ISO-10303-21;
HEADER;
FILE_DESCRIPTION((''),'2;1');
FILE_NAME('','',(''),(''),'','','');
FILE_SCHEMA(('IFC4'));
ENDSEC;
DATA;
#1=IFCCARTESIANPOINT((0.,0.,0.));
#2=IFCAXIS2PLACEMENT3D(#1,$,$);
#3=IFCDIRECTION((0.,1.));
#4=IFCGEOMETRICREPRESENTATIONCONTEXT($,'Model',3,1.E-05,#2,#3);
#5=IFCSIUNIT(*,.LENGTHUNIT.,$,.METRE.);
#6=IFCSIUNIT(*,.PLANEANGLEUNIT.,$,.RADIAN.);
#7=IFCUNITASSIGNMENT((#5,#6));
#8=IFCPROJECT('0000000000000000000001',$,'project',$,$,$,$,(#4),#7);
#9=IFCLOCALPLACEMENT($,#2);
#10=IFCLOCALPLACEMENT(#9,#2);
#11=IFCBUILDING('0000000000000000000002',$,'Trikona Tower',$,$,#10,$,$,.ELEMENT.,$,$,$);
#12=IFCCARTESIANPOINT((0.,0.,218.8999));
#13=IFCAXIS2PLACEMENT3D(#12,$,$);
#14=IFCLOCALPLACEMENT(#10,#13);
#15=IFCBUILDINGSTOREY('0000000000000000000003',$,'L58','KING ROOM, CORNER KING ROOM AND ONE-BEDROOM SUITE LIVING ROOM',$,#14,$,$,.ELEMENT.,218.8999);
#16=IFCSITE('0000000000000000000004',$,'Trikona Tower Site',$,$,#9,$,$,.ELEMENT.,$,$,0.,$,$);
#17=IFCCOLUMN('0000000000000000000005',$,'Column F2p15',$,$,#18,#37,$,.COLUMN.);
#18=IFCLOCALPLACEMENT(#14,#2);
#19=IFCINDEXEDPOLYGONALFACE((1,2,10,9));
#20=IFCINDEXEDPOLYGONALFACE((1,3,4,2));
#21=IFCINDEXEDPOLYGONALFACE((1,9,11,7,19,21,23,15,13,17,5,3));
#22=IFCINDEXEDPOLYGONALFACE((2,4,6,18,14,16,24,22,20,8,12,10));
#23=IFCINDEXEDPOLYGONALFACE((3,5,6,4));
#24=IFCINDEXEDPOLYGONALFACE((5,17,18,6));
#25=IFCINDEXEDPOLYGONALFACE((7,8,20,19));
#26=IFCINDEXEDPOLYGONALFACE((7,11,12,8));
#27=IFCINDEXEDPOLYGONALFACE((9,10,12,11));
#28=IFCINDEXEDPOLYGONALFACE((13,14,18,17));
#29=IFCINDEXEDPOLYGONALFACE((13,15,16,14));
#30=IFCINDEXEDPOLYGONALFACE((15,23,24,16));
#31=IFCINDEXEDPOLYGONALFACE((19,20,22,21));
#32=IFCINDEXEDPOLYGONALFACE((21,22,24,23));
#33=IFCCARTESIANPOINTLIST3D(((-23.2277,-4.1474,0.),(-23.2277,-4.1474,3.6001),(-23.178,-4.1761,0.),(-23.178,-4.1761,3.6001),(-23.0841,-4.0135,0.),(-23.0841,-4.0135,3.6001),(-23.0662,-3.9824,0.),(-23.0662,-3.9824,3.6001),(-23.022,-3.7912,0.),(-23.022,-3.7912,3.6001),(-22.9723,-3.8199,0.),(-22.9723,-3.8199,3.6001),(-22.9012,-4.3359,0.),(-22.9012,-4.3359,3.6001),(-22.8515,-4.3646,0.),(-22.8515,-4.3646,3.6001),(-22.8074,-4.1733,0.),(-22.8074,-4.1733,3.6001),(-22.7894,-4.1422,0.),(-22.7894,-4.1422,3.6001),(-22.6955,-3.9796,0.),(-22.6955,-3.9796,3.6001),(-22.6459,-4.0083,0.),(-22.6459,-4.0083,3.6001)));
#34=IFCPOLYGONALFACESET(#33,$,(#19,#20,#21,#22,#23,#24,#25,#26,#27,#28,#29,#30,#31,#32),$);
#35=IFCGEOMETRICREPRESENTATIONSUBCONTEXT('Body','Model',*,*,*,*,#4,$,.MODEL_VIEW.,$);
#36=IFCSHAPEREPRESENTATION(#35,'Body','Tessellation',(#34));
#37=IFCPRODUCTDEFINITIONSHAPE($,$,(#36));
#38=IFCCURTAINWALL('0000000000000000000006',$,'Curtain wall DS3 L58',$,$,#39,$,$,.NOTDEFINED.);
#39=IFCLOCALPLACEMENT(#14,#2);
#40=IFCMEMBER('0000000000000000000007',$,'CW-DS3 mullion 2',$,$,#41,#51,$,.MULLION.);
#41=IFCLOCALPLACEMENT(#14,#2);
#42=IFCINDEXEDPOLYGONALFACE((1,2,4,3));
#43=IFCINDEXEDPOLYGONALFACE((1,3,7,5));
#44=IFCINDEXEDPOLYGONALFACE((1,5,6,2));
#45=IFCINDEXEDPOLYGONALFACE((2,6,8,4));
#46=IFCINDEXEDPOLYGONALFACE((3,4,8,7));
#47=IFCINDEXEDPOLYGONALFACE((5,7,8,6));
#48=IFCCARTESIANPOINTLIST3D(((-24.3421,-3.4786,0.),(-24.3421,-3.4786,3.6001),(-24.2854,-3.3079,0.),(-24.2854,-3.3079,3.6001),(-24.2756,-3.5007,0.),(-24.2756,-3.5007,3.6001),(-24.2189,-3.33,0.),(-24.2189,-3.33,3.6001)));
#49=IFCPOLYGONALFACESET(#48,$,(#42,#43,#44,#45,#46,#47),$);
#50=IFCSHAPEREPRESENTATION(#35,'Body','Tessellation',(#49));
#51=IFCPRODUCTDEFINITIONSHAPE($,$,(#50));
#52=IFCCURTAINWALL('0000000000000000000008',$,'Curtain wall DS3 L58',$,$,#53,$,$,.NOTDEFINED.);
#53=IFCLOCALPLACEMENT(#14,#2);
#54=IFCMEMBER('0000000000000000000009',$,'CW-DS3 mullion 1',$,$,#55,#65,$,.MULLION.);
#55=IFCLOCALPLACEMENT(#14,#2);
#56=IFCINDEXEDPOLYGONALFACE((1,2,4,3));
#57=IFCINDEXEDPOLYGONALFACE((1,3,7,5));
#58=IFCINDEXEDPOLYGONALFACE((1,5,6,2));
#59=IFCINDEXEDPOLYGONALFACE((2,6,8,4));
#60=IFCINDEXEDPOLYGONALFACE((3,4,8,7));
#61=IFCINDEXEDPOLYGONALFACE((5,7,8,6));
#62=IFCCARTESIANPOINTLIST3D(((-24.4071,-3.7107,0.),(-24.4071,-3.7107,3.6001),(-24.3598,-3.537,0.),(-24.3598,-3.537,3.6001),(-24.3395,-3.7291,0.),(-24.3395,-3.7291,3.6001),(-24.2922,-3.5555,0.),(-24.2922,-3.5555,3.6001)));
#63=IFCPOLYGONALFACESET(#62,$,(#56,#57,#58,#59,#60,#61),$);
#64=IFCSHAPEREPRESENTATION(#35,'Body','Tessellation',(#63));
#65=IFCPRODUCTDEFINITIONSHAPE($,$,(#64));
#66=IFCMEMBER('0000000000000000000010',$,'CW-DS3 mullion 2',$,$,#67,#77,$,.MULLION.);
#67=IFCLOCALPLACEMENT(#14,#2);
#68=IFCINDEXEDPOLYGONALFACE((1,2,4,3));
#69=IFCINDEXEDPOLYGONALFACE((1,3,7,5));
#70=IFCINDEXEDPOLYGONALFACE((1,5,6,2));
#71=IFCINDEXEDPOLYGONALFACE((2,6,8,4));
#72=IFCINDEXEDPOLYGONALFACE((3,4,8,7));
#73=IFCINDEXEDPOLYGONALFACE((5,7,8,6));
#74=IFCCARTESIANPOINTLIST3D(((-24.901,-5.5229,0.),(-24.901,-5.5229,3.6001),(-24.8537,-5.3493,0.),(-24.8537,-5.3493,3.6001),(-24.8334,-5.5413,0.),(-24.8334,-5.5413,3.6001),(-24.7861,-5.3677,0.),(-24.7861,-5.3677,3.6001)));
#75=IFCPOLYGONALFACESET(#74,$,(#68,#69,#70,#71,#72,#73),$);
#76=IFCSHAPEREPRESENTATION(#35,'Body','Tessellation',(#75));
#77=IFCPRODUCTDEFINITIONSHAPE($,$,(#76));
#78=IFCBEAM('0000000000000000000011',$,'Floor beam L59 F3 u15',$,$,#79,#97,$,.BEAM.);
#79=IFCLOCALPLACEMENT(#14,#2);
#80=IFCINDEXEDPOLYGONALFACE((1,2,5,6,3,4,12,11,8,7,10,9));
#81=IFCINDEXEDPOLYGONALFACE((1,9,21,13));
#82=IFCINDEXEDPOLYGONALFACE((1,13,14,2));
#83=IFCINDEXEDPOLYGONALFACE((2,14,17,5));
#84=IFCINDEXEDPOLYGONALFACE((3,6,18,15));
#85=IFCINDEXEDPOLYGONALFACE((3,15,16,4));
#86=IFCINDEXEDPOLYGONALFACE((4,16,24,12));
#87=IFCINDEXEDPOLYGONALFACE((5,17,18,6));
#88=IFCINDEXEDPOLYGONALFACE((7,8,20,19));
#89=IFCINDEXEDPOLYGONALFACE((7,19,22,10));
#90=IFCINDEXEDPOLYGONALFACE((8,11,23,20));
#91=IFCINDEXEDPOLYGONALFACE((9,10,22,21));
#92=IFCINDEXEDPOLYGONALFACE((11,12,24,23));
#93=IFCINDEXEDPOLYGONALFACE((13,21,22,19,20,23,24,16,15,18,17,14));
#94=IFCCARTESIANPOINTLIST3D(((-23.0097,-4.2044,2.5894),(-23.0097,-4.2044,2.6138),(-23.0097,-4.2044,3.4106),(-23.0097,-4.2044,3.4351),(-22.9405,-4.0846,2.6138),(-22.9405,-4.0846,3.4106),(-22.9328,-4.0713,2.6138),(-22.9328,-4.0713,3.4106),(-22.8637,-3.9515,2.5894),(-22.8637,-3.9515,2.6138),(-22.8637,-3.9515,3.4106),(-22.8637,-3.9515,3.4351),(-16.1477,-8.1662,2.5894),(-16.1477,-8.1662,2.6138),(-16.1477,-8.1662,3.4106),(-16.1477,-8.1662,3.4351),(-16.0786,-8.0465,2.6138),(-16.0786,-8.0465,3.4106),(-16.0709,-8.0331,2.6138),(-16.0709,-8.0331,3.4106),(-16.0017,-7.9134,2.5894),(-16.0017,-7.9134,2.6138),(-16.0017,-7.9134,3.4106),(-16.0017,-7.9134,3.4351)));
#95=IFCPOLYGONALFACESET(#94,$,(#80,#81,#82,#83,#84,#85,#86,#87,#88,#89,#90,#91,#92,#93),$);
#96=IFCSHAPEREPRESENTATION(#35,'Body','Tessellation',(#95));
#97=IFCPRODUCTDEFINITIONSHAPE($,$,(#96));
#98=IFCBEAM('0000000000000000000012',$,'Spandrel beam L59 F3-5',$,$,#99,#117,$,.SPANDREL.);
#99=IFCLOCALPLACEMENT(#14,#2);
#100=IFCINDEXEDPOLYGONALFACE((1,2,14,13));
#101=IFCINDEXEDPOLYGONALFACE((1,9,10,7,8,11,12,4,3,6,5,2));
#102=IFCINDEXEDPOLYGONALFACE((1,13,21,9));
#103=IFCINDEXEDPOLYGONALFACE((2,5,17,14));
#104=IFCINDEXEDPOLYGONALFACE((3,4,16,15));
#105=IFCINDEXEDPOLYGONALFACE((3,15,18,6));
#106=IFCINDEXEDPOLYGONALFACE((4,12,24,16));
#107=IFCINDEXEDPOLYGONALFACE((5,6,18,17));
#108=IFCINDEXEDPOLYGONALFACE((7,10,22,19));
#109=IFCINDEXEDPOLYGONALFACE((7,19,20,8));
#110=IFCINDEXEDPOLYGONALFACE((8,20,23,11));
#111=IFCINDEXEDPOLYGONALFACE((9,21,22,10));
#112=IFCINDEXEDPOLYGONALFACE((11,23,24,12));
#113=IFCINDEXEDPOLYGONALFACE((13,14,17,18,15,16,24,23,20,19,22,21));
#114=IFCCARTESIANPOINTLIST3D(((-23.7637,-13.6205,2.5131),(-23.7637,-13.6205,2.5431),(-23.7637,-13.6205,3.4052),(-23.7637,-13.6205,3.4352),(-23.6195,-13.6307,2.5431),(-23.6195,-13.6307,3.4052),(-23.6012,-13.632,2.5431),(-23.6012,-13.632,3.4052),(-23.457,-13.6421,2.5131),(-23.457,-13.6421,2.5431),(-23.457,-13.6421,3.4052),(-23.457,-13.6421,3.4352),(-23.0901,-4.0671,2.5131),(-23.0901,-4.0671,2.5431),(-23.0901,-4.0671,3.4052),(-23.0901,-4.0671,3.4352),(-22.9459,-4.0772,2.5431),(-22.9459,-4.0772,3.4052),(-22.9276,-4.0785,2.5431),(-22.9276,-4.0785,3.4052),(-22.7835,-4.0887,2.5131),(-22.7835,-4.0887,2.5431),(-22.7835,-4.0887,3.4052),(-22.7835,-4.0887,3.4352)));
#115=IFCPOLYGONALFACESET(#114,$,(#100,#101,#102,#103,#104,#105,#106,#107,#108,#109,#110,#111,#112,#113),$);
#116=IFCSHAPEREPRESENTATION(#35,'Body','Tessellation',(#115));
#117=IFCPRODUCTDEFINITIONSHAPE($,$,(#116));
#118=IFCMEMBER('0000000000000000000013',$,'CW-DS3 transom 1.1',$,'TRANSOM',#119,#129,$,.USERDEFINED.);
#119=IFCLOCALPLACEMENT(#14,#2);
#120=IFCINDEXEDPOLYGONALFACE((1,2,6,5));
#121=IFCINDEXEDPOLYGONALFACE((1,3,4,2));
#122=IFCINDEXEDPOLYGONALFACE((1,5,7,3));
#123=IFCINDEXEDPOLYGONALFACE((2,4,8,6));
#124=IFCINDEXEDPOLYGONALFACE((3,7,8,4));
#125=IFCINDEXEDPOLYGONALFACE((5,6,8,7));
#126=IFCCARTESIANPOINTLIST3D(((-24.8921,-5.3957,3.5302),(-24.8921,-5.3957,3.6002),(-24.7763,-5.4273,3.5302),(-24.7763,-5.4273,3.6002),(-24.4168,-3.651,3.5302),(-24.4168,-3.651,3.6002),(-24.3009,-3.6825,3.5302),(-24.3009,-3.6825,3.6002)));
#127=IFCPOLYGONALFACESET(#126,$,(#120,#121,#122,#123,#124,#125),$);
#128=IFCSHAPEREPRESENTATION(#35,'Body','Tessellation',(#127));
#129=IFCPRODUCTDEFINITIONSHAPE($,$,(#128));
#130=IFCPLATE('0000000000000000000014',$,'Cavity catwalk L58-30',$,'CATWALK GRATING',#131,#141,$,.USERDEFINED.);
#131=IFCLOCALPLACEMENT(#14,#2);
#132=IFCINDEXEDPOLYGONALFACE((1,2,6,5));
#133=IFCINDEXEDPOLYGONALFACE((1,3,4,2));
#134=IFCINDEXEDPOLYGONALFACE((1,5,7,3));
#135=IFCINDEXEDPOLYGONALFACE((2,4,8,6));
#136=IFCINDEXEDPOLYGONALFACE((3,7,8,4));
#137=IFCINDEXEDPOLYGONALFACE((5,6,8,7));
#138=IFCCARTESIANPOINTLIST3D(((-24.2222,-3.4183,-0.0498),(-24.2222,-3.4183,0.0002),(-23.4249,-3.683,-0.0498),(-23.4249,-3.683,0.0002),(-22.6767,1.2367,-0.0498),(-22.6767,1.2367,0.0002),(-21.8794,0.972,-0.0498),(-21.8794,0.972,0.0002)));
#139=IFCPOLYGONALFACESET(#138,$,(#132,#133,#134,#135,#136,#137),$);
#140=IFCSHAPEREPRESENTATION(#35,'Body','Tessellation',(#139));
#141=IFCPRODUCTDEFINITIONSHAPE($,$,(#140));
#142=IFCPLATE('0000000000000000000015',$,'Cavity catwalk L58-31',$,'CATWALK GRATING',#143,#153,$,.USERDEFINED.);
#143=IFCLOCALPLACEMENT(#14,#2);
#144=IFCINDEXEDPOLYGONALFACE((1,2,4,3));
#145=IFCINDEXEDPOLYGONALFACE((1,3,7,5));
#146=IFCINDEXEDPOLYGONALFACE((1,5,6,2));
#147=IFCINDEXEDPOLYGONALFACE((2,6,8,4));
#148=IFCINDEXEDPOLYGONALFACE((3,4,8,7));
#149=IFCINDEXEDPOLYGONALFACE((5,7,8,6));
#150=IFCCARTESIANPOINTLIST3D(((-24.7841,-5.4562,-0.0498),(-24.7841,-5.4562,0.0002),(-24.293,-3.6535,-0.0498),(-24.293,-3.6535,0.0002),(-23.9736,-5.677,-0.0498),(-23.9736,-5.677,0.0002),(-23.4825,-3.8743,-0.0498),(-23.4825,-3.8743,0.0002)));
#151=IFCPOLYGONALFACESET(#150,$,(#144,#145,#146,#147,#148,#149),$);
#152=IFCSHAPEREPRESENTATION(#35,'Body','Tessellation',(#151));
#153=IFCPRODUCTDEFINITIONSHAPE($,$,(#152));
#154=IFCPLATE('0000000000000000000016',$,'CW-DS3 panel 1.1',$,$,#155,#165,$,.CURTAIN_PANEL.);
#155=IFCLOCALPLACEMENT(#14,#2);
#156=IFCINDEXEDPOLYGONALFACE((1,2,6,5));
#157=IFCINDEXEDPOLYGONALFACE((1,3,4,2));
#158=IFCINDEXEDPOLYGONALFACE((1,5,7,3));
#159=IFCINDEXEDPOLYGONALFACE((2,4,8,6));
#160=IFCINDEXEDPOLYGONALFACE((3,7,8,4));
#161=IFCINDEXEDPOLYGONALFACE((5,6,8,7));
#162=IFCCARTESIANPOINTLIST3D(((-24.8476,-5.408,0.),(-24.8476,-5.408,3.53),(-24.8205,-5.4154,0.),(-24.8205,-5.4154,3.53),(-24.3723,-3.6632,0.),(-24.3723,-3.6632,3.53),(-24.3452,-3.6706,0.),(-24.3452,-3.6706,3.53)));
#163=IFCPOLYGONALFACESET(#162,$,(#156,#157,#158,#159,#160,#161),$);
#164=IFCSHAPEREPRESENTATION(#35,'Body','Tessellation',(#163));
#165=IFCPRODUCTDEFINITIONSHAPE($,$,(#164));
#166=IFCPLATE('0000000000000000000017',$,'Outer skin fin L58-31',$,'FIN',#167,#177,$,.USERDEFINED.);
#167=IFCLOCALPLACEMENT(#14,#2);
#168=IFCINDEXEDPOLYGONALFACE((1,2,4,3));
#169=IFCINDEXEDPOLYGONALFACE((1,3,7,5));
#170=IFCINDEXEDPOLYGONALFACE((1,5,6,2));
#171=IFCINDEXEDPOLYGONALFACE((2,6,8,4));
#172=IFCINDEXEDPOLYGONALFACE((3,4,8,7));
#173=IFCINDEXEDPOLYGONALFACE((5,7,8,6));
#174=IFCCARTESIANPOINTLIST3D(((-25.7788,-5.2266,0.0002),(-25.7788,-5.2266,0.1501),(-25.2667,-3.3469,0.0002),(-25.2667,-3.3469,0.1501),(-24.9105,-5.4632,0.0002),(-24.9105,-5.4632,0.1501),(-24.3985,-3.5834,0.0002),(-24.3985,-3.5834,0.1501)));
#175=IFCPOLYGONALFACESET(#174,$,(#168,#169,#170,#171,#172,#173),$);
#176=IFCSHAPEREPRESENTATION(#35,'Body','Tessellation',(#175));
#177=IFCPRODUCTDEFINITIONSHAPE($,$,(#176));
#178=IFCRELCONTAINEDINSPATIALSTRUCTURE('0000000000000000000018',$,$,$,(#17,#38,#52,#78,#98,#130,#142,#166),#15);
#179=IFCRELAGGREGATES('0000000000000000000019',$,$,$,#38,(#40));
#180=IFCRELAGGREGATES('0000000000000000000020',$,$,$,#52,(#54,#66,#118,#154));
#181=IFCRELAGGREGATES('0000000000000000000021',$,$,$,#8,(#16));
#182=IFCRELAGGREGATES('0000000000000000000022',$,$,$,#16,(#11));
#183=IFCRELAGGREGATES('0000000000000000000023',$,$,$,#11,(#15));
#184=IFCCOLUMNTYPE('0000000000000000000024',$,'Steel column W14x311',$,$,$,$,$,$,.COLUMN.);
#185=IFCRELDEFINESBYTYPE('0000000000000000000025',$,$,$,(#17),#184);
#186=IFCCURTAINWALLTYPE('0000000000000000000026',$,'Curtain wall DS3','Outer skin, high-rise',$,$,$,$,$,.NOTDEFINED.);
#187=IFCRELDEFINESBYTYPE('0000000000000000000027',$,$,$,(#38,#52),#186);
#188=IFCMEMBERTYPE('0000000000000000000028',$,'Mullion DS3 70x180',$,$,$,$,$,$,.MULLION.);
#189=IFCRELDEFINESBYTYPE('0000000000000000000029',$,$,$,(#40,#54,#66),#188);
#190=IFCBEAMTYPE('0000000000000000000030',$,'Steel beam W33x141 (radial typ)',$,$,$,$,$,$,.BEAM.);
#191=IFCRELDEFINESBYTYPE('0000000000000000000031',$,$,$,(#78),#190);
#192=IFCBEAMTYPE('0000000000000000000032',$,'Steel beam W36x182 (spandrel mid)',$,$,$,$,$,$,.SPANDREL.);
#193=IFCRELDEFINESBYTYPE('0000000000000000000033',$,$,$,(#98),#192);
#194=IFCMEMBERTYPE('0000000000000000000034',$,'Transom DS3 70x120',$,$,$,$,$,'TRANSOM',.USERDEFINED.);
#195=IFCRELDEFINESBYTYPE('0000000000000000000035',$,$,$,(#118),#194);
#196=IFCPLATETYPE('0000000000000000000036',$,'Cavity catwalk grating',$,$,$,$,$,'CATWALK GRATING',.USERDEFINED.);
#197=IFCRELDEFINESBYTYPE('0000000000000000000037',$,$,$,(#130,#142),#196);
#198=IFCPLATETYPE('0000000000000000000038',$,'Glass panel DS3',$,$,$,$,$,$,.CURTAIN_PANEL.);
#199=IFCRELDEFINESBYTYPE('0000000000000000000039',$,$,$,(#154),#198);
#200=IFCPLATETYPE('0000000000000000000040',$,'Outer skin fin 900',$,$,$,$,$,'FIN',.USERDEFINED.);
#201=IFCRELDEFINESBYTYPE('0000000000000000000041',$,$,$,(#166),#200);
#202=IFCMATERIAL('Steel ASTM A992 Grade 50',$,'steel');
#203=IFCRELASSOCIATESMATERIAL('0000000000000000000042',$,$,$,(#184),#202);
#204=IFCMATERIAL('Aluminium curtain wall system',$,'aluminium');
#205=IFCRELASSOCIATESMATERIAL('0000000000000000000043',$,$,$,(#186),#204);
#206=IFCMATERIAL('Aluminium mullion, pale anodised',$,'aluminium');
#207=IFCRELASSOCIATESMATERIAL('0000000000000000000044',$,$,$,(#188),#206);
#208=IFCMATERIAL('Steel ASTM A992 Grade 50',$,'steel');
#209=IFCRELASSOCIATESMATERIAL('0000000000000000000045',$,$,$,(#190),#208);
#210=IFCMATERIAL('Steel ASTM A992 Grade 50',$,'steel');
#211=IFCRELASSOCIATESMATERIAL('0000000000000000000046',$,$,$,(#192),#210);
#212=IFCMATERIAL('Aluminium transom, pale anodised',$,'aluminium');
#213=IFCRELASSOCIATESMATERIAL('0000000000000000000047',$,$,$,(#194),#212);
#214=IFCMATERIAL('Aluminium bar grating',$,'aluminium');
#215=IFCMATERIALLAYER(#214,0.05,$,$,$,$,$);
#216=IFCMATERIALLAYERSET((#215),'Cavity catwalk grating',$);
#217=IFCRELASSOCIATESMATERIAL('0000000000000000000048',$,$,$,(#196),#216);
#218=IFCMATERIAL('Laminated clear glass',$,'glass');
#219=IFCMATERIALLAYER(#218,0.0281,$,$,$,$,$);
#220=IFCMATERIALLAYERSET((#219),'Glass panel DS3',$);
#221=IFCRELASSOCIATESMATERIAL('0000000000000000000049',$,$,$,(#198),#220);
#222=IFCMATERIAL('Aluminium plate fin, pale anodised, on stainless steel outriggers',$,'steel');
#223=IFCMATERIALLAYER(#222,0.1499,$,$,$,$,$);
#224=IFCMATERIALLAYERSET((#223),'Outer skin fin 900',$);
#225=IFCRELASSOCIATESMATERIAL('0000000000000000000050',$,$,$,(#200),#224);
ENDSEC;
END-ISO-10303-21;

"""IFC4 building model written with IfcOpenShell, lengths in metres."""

from ifc_helpers import new_model, si_unit, direction, frame, origin, origin_2d, place, context, subcontext, project, spatial, rectangle, i_section, extrude, material, layer, layer_set, material_profile, profile_set, type_object, element, aggregate, save


model = new_model("IFC4")

# Units and contexts
model_context = context("Model", 3, precision=1e-05, world=origin(), true_north=direction((0.0, 1.0)))
body_context = subcontext(model_context, "Body", "Model", "MODEL_VIEW")
ifc_project = project(units=[si_unit("LENGTHUNIT", "METRE"), si_unit("PLANEANGLEUNIT", "RADIAN")], contexts=[model_context])

# Site, building, storey
site_placement = place(None, origin())
site = spatial("IfcSite", under=ifc_project, at=site_placement, Name="Trikona Tower Site", CompositionType="ELEMENT", RefElevation=0.0)
building_placement = place(site_placement, origin())
building = spatial("IfcBuilding", under=site, at=building_placement, Name="Trikona Tower", CompositionType="ELEMENT")
storey_placement = place(building_placement, frame((0.0, 0.0, 218.8999)))
storey = spatial("IfcBuildingStorey", under=building, at=storey_placement, Name="L58", Description="KING ROOM, CORNER KING ROOM AND ONE-BEDROOM SUITE LIVING ROOM", CompositionType="ELEMENT", Elevation=218.8999)

# Column
ifc_material_1 = material(Name="Steel ASTM A992 Grade 50", Category="steel")
ifc_material_profile_1 = material_profile(ifc_material_1, i_section(OverallWidth=0.4114, OverallDepth=0.4343, WebThickness=0.0359, FlangeThickness=0.0574, at=origin_2d()), Name="W14X311")
ifc_profile_set_1 = profile_set([ifc_material_profile_1], Name="Steel ASTM A992 Grade 50")
column_type = type_object("IfcColumnType", Name="Steel column W14x311", PredefinedType="COLUMN", material=ifc_profile_set_1)
column_placement = place(storey_placement, frame((-22.9368, -4.0779, 0.0), z_axis=(0.0, 0.0, 1.0), x_axis=(-0.5, -0.866025, 0.0)))
element("IfcColumn", 1, at=column_placement, inside=storey, type_object=column_type, Name="Column F2p15", PredefinedType="COLUMN", context=body_context, shape_type="SweptSolid", body=[
    extrude(i_section(OverallWidth=0.4114, OverallDepth=0.4343, WebThickness=0.0359, FlangeThickness=0.0574, at=origin_2d()), origin(), (0.0, 0.0, 1.0), 3.6001),
])

# Curtain wall, member
ifc_material_2 = material(Name="Aluminium curtain wall system", Category="aluminium")
curtain_wall_type = type_object("IfcCurtainWallType", Name="Curtain wall DS3", Description="Outer skin, high-rise", PredefinedType="NOTDEFINED", material=ifc_material_2)
curtain_wall_1_placement = place(storey_placement, origin())
curtain_wall_1 = element("IfcCurtainWall", 2, at=curtain_wall_1_placement, inside=storey, type_object=curtain_wall_type, Name="Curtain wall DS3 L58", PredefinedType="NOTDEFINED")
ifc_material_3 = material(Name="Aluminium mullion, pale anodised", Category="aluminium")
ifc_material_profile_2 = material_profile(ifc_material_3, rectangle(XDim=0.0701, YDim=0.1799, at=origin_2d()), Name="MUL-DS3")
ifc_profile_set_2 = profile_set([ifc_material_profile_2], Name="Aluminium mullion, pale anodised")
member_type_1 = type_object("IfcMemberType", Name="Mullion DS3 70x180", PredefinedType="MULLION", material=ifc_profile_set_2)
member_1_placement = place(storey_placement, frame((-24.2805, -3.4043, 0.0), z_axis=(0.0, 0.0, 1.0), x_axis=(0.949066, -0.315078, 0.0)))
member_1 = element("IfcMember", 3, at=member_1_placement, type_object=member_type_1, Name="CW-DS3 mullion 2", PredefinedType="MULLION", context=body_context, shape_type="SweptSolid", body=[
    extrude(rectangle(XDim=0.0701, YDim=0.1799, at=origin_2d()), origin(), (0.0, 0.0, 1.0), 3.6001),
])
aggregate(curtain_wall_1, [member_1])

# Curtain wall, members
curtain_wall_2_placement = place(storey_placement, origin())
curtain_wall_2 = element("IfcCurtainWall", 4, at=curtain_wall_2_placement, inside=storey, type_object=curtain_wall_type, Name="Curtain wall DS3 L58", PredefinedType="NOTDEFINED")
member_2_placement = place(storey_placement, frame((-24.3496, -3.6331, 0.0), z_axis=(0.0, 0.0, 1.0), x_axis=(0.964838, -0.262844, 0.0)))
member_2 = element("IfcMember", 5, at=member_2_placement, type_object=member_type_1, Name="CW-DS3 mullion 1", PredefinedType="MULLION", context=body_context, shape_type="SweptSolid", body=[
    extrude(rectangle(XDim=0.0701, YDim=0.1799, at=origin_2d()), origin(), (0.0, 0.0, 1.0), 3.6001),
])
member_3_placement = place(storey_placement, frame((-24.8435, -5.4453, 0.0), z_axis=(0.0, 0.0, 1.0), x_axis=(0.964838, -0.262844, 0.0)))
member_3 = element("IfcMember", 6, at=member_3_placement, type_object=member_type_1, Name="CW-DS3 mullion 2", PredefinedType="MULLION", context=body_context, shape_type="SweptSolid", body=[
    extrude(rectangle(XDim=0.0701, YDim=0.1799, at=origin_2d()), origin(), (0.0, 0.0, 1.0), 3.6001),
])

# Beams
ifc_material_4 = material(Name="Steel ASTM A992 Grade 50", Category="steel")
ifc_material_profile_3 = material_profile(ifc_material_4, i_section(OverallWidth=0.292, OverallDepth=0.8457, WebThickness=0.0154, FlangeThickness=0.0244, at=origin_2d()), Name="W33X141")
ifc_profile_set_3 = profile_set([ifc_material_profile_3], Name="Steel ASTM A992 Grade 50")
beam_type_1 = type_object("IfcBeamType", Name="Steel beam W33x141 (radial typ)", PredefinedType="BEAM", material=ifc_profile_set_3)
beam_1_placement = place(storey_placement, frame((-16.0747, -8.0398, 3.0122), z_axis=(-0.86602, 0.50001, 0.0), x_axis=(-0.50001, -0.86602, 0.0)))
element("IfcBeam", 7, at=beam_1_placement, inside=storey, type_object=beam_type_1, Name="Floor beam L59 F3 u15", PredefinedType="BEAM", context=body_context, shape_type="SweptSolid", body=[
    extrude(i_section(OverallWidth=0.292, OverallDepth=0.8457, WebThickness=0.0154, FlangeThickness=0.0244, at=origin_2d()), origin(), (0.0, 0.0, 1.0), 7.9236),
])
ifc_material_5 = material(Name="Steel ASTM A992 Grade 50", Category="steel")
ifc_material_profile_4 = material_profile(ifc_material_5, i_section(OverallWidth=0.3074, OverallDepth=0.9221, WebThickness=0.0183, FlangeThickness=0.03, at=origin_2d()), Name="W36X182")
ifc_profile_set_4 = profile_set([ifc_material_profile_4], Name="Steel ASTM A992 Grade 50")
beam_type_2 = type_object("IfcBeamType", Name="Steel beam W36x182 (spandrel mid)", PredefinedType="SPANDREL", material=ifc_profile_set_4)
beam_2_placement = place(storey_placement, frame((-22.9368, -4.0779, 2.9741), z_axis=(-0.070332, -0.997524, 0.0), x_axis=(0.997524, -0.070332, 0.0)))
element("IfcBeam", 8, at=beam_2_placement, inside=storey, type_object=beam_type_2, Name="Spandrel beam L59 F3-5", PredefinedType="SPANDREL", context=body_context, shape_type="SweptSolid", body=[
    extrude(i_section(OverallWidth=0.3074, OverallDepth=0.9221, WebThickness=0.0183, FlangeThickness=0.03, at=origin_2d()), origin(), (0.0, 0.0, 1.0), 9.5771),
])

# Member
ifc_material_6 = material(Name="Aluminium transom, pale anodised", Category="aluminium")
ifc_material_profile_5 = material_profile(ifc_material_6, rectangle(XDim=0.1201, YDim=0.0701, at=origin_2d()), Name="TRN-DS3")
ifc_profile_set_5 = profile_set([ifc_material_profile_5], Name="Aluminium transom, pale anodised")
member_type_2 = type_object("IfcMemberType", Name="Transom DS3 70x120", ElementType="TRANSOM", PredefinedType="USERDEFINED", material=ifc_profile_set_5)
member_4_placement = place(storey_placement, frame((-24.3589, -3.6667, 3.5652), z_axis=(-0.262843, -0.964839, 0.0), x_axis=(0.964839, -0.262843, 0.0)))
member_4 = element("IfcMember", 9, at=member_4_placement, type_object=member_type_2, Name="CW-DS3 transom 1.1", ObjectType="TRANSOM", PredefinedType="USERDEFINED", context=body_context, shape_type="SweptSolid", body=[
    extrude(rectangle(XDim=0.1201, YDim=0.0701, at=origin_2d()), origin(), (0.0, 0.0, 1.0), 1.8083),
])

# Plates
ifc_material_7 = material(Name="Aluminium bar grating", Category="aluminium")
ifc_layer_1 = layer(ifc_material_7, 0.05)
ifc_layer_set_1 = layer_set([ifc_layer_1], Name="Cavity catwalk grating")
plate_type_1 = type_object("IfcPlateType", Name="Cavity catwalk grating", ElementType="CATWALK GRATING", PredefinedType="USERDEFINED", material=ifc_layer_set_1)
plate_1_placement = place(storey_placement, frame((-23.0508, -1.2231, -0.0498), z_axis=(0.0, 0.0, 1.0), x_axis=(-0.315093, -0.949061, 0.0)))
element("IfcPlate", 10, at=plate_1_placement, inside=storey, type_object=plate_type_1, Name="Cavity catwalk L58-30", ObjectType="CATWALK GRATING", PredefinedType="USERDEFINED", context=body_context, shape_type="SweptSolid", body=[
    extrude(rectangle(XDim=4.9048, YDim=0.8401, at=origin_2d()), origin(), (0.0, 0.0, 1.0), 0.05),
])
plate_2_placement = place(storey_placement, frame((-24.1333, -4.6653, -0.0498), z_axis=(0.0, 0.0, 1.0), x_axis=(-0.262822, -0.964844, 0.0)))
element("IfcPlate", 11, at=plate_2_placement, inside=storey, type_object=plate_type_1, Name="Cavity catwalk L58-31", ObjectType="CATWALK GRATING", PredefinedType="USERDEFINED", context=body_context, shape_type="SweptSolid", body=[
    extrude(rectangle(XDim=1.8684, YDim=0.8401, at=origin_2d()), origin(), (0.0, 0.0, 1.0), 0.05),
])

# Plates
ifc_material_8 = material(Name="Laminated clear glass", Category="glass")
ifc_layer_2 = layer(ifc_material_8, 0.0281)
ifc_layer_set_2 = layer_set([ifc_layer_2], Name="Glass panel DS3")
plate_type_2 = type_object("IfcPlateType", Name="Glass panel DS3", PredefinedType="CURTAIN_PANEL", material=ifc_layer_set_2)
plate_3_placement = place(storey_placement, frame((-24.5964, -4.5393, 0.0), z_axis=(0.0, 0.0, 1.0), x_axis=(-0.262844, -0.964838, 0.0)))
plate_3 = element("IfcPlate", 12, at=plate_3_placement, type_object=plate_type_2, Name="CW-DS3 panel 1.1", PredefinedType="CURTAIN_PANEL", context=body_context, shape_type="SweptSolid", body=[
    extrude(rectangle(XDim=1.8083, YDim=0.0281, at=origin_2d()), origin(), (0.0, 0.0, 1.0), 3.53),
])
aggregate(curtain_wall_2, [member_2, member_3, member_4, plate_3])
ifc_material_9 = material(Name="Aluminium plate fin, pale anodised, on stainless steel outriggers", Category="steel")
ifc_layer_3 = layer(ifc_material_9, 0.1499)
ifc_layer_set_3 = layer_set([ifc_layer_3], Name="Outer skin fin 900")
plate_type_3 = type_object("IfcPlateType", Name="Outer skin fin 900", ElementType="FIN", PredefinedType="USERDEFINED", material=ifc_layer_set_3)
plate_4_placement = place(storey_placement, frame((-25.0886, -4.405, 0.0002), z_axis=(0.0, 0.0, 1.0), x_axis=(-0.262822, -0.964844, 0.0)))
element("IfcPlate", 13, at=plate_4_placement, inside=storey, type_object=plate_type_3, Name="Outer skin fin L58-31", ObjectType="FIN", PredefinedType="USERDEFINED", context=body_context, shape_type="SweptSolid", body=[
    extrude(rectangle(XDim=1.9482, YDim=0.8999, at=origin_2d()), origin(), (0.0, 0.0, 1.0), 0.1499),
])

save(model, "model.ifc")
